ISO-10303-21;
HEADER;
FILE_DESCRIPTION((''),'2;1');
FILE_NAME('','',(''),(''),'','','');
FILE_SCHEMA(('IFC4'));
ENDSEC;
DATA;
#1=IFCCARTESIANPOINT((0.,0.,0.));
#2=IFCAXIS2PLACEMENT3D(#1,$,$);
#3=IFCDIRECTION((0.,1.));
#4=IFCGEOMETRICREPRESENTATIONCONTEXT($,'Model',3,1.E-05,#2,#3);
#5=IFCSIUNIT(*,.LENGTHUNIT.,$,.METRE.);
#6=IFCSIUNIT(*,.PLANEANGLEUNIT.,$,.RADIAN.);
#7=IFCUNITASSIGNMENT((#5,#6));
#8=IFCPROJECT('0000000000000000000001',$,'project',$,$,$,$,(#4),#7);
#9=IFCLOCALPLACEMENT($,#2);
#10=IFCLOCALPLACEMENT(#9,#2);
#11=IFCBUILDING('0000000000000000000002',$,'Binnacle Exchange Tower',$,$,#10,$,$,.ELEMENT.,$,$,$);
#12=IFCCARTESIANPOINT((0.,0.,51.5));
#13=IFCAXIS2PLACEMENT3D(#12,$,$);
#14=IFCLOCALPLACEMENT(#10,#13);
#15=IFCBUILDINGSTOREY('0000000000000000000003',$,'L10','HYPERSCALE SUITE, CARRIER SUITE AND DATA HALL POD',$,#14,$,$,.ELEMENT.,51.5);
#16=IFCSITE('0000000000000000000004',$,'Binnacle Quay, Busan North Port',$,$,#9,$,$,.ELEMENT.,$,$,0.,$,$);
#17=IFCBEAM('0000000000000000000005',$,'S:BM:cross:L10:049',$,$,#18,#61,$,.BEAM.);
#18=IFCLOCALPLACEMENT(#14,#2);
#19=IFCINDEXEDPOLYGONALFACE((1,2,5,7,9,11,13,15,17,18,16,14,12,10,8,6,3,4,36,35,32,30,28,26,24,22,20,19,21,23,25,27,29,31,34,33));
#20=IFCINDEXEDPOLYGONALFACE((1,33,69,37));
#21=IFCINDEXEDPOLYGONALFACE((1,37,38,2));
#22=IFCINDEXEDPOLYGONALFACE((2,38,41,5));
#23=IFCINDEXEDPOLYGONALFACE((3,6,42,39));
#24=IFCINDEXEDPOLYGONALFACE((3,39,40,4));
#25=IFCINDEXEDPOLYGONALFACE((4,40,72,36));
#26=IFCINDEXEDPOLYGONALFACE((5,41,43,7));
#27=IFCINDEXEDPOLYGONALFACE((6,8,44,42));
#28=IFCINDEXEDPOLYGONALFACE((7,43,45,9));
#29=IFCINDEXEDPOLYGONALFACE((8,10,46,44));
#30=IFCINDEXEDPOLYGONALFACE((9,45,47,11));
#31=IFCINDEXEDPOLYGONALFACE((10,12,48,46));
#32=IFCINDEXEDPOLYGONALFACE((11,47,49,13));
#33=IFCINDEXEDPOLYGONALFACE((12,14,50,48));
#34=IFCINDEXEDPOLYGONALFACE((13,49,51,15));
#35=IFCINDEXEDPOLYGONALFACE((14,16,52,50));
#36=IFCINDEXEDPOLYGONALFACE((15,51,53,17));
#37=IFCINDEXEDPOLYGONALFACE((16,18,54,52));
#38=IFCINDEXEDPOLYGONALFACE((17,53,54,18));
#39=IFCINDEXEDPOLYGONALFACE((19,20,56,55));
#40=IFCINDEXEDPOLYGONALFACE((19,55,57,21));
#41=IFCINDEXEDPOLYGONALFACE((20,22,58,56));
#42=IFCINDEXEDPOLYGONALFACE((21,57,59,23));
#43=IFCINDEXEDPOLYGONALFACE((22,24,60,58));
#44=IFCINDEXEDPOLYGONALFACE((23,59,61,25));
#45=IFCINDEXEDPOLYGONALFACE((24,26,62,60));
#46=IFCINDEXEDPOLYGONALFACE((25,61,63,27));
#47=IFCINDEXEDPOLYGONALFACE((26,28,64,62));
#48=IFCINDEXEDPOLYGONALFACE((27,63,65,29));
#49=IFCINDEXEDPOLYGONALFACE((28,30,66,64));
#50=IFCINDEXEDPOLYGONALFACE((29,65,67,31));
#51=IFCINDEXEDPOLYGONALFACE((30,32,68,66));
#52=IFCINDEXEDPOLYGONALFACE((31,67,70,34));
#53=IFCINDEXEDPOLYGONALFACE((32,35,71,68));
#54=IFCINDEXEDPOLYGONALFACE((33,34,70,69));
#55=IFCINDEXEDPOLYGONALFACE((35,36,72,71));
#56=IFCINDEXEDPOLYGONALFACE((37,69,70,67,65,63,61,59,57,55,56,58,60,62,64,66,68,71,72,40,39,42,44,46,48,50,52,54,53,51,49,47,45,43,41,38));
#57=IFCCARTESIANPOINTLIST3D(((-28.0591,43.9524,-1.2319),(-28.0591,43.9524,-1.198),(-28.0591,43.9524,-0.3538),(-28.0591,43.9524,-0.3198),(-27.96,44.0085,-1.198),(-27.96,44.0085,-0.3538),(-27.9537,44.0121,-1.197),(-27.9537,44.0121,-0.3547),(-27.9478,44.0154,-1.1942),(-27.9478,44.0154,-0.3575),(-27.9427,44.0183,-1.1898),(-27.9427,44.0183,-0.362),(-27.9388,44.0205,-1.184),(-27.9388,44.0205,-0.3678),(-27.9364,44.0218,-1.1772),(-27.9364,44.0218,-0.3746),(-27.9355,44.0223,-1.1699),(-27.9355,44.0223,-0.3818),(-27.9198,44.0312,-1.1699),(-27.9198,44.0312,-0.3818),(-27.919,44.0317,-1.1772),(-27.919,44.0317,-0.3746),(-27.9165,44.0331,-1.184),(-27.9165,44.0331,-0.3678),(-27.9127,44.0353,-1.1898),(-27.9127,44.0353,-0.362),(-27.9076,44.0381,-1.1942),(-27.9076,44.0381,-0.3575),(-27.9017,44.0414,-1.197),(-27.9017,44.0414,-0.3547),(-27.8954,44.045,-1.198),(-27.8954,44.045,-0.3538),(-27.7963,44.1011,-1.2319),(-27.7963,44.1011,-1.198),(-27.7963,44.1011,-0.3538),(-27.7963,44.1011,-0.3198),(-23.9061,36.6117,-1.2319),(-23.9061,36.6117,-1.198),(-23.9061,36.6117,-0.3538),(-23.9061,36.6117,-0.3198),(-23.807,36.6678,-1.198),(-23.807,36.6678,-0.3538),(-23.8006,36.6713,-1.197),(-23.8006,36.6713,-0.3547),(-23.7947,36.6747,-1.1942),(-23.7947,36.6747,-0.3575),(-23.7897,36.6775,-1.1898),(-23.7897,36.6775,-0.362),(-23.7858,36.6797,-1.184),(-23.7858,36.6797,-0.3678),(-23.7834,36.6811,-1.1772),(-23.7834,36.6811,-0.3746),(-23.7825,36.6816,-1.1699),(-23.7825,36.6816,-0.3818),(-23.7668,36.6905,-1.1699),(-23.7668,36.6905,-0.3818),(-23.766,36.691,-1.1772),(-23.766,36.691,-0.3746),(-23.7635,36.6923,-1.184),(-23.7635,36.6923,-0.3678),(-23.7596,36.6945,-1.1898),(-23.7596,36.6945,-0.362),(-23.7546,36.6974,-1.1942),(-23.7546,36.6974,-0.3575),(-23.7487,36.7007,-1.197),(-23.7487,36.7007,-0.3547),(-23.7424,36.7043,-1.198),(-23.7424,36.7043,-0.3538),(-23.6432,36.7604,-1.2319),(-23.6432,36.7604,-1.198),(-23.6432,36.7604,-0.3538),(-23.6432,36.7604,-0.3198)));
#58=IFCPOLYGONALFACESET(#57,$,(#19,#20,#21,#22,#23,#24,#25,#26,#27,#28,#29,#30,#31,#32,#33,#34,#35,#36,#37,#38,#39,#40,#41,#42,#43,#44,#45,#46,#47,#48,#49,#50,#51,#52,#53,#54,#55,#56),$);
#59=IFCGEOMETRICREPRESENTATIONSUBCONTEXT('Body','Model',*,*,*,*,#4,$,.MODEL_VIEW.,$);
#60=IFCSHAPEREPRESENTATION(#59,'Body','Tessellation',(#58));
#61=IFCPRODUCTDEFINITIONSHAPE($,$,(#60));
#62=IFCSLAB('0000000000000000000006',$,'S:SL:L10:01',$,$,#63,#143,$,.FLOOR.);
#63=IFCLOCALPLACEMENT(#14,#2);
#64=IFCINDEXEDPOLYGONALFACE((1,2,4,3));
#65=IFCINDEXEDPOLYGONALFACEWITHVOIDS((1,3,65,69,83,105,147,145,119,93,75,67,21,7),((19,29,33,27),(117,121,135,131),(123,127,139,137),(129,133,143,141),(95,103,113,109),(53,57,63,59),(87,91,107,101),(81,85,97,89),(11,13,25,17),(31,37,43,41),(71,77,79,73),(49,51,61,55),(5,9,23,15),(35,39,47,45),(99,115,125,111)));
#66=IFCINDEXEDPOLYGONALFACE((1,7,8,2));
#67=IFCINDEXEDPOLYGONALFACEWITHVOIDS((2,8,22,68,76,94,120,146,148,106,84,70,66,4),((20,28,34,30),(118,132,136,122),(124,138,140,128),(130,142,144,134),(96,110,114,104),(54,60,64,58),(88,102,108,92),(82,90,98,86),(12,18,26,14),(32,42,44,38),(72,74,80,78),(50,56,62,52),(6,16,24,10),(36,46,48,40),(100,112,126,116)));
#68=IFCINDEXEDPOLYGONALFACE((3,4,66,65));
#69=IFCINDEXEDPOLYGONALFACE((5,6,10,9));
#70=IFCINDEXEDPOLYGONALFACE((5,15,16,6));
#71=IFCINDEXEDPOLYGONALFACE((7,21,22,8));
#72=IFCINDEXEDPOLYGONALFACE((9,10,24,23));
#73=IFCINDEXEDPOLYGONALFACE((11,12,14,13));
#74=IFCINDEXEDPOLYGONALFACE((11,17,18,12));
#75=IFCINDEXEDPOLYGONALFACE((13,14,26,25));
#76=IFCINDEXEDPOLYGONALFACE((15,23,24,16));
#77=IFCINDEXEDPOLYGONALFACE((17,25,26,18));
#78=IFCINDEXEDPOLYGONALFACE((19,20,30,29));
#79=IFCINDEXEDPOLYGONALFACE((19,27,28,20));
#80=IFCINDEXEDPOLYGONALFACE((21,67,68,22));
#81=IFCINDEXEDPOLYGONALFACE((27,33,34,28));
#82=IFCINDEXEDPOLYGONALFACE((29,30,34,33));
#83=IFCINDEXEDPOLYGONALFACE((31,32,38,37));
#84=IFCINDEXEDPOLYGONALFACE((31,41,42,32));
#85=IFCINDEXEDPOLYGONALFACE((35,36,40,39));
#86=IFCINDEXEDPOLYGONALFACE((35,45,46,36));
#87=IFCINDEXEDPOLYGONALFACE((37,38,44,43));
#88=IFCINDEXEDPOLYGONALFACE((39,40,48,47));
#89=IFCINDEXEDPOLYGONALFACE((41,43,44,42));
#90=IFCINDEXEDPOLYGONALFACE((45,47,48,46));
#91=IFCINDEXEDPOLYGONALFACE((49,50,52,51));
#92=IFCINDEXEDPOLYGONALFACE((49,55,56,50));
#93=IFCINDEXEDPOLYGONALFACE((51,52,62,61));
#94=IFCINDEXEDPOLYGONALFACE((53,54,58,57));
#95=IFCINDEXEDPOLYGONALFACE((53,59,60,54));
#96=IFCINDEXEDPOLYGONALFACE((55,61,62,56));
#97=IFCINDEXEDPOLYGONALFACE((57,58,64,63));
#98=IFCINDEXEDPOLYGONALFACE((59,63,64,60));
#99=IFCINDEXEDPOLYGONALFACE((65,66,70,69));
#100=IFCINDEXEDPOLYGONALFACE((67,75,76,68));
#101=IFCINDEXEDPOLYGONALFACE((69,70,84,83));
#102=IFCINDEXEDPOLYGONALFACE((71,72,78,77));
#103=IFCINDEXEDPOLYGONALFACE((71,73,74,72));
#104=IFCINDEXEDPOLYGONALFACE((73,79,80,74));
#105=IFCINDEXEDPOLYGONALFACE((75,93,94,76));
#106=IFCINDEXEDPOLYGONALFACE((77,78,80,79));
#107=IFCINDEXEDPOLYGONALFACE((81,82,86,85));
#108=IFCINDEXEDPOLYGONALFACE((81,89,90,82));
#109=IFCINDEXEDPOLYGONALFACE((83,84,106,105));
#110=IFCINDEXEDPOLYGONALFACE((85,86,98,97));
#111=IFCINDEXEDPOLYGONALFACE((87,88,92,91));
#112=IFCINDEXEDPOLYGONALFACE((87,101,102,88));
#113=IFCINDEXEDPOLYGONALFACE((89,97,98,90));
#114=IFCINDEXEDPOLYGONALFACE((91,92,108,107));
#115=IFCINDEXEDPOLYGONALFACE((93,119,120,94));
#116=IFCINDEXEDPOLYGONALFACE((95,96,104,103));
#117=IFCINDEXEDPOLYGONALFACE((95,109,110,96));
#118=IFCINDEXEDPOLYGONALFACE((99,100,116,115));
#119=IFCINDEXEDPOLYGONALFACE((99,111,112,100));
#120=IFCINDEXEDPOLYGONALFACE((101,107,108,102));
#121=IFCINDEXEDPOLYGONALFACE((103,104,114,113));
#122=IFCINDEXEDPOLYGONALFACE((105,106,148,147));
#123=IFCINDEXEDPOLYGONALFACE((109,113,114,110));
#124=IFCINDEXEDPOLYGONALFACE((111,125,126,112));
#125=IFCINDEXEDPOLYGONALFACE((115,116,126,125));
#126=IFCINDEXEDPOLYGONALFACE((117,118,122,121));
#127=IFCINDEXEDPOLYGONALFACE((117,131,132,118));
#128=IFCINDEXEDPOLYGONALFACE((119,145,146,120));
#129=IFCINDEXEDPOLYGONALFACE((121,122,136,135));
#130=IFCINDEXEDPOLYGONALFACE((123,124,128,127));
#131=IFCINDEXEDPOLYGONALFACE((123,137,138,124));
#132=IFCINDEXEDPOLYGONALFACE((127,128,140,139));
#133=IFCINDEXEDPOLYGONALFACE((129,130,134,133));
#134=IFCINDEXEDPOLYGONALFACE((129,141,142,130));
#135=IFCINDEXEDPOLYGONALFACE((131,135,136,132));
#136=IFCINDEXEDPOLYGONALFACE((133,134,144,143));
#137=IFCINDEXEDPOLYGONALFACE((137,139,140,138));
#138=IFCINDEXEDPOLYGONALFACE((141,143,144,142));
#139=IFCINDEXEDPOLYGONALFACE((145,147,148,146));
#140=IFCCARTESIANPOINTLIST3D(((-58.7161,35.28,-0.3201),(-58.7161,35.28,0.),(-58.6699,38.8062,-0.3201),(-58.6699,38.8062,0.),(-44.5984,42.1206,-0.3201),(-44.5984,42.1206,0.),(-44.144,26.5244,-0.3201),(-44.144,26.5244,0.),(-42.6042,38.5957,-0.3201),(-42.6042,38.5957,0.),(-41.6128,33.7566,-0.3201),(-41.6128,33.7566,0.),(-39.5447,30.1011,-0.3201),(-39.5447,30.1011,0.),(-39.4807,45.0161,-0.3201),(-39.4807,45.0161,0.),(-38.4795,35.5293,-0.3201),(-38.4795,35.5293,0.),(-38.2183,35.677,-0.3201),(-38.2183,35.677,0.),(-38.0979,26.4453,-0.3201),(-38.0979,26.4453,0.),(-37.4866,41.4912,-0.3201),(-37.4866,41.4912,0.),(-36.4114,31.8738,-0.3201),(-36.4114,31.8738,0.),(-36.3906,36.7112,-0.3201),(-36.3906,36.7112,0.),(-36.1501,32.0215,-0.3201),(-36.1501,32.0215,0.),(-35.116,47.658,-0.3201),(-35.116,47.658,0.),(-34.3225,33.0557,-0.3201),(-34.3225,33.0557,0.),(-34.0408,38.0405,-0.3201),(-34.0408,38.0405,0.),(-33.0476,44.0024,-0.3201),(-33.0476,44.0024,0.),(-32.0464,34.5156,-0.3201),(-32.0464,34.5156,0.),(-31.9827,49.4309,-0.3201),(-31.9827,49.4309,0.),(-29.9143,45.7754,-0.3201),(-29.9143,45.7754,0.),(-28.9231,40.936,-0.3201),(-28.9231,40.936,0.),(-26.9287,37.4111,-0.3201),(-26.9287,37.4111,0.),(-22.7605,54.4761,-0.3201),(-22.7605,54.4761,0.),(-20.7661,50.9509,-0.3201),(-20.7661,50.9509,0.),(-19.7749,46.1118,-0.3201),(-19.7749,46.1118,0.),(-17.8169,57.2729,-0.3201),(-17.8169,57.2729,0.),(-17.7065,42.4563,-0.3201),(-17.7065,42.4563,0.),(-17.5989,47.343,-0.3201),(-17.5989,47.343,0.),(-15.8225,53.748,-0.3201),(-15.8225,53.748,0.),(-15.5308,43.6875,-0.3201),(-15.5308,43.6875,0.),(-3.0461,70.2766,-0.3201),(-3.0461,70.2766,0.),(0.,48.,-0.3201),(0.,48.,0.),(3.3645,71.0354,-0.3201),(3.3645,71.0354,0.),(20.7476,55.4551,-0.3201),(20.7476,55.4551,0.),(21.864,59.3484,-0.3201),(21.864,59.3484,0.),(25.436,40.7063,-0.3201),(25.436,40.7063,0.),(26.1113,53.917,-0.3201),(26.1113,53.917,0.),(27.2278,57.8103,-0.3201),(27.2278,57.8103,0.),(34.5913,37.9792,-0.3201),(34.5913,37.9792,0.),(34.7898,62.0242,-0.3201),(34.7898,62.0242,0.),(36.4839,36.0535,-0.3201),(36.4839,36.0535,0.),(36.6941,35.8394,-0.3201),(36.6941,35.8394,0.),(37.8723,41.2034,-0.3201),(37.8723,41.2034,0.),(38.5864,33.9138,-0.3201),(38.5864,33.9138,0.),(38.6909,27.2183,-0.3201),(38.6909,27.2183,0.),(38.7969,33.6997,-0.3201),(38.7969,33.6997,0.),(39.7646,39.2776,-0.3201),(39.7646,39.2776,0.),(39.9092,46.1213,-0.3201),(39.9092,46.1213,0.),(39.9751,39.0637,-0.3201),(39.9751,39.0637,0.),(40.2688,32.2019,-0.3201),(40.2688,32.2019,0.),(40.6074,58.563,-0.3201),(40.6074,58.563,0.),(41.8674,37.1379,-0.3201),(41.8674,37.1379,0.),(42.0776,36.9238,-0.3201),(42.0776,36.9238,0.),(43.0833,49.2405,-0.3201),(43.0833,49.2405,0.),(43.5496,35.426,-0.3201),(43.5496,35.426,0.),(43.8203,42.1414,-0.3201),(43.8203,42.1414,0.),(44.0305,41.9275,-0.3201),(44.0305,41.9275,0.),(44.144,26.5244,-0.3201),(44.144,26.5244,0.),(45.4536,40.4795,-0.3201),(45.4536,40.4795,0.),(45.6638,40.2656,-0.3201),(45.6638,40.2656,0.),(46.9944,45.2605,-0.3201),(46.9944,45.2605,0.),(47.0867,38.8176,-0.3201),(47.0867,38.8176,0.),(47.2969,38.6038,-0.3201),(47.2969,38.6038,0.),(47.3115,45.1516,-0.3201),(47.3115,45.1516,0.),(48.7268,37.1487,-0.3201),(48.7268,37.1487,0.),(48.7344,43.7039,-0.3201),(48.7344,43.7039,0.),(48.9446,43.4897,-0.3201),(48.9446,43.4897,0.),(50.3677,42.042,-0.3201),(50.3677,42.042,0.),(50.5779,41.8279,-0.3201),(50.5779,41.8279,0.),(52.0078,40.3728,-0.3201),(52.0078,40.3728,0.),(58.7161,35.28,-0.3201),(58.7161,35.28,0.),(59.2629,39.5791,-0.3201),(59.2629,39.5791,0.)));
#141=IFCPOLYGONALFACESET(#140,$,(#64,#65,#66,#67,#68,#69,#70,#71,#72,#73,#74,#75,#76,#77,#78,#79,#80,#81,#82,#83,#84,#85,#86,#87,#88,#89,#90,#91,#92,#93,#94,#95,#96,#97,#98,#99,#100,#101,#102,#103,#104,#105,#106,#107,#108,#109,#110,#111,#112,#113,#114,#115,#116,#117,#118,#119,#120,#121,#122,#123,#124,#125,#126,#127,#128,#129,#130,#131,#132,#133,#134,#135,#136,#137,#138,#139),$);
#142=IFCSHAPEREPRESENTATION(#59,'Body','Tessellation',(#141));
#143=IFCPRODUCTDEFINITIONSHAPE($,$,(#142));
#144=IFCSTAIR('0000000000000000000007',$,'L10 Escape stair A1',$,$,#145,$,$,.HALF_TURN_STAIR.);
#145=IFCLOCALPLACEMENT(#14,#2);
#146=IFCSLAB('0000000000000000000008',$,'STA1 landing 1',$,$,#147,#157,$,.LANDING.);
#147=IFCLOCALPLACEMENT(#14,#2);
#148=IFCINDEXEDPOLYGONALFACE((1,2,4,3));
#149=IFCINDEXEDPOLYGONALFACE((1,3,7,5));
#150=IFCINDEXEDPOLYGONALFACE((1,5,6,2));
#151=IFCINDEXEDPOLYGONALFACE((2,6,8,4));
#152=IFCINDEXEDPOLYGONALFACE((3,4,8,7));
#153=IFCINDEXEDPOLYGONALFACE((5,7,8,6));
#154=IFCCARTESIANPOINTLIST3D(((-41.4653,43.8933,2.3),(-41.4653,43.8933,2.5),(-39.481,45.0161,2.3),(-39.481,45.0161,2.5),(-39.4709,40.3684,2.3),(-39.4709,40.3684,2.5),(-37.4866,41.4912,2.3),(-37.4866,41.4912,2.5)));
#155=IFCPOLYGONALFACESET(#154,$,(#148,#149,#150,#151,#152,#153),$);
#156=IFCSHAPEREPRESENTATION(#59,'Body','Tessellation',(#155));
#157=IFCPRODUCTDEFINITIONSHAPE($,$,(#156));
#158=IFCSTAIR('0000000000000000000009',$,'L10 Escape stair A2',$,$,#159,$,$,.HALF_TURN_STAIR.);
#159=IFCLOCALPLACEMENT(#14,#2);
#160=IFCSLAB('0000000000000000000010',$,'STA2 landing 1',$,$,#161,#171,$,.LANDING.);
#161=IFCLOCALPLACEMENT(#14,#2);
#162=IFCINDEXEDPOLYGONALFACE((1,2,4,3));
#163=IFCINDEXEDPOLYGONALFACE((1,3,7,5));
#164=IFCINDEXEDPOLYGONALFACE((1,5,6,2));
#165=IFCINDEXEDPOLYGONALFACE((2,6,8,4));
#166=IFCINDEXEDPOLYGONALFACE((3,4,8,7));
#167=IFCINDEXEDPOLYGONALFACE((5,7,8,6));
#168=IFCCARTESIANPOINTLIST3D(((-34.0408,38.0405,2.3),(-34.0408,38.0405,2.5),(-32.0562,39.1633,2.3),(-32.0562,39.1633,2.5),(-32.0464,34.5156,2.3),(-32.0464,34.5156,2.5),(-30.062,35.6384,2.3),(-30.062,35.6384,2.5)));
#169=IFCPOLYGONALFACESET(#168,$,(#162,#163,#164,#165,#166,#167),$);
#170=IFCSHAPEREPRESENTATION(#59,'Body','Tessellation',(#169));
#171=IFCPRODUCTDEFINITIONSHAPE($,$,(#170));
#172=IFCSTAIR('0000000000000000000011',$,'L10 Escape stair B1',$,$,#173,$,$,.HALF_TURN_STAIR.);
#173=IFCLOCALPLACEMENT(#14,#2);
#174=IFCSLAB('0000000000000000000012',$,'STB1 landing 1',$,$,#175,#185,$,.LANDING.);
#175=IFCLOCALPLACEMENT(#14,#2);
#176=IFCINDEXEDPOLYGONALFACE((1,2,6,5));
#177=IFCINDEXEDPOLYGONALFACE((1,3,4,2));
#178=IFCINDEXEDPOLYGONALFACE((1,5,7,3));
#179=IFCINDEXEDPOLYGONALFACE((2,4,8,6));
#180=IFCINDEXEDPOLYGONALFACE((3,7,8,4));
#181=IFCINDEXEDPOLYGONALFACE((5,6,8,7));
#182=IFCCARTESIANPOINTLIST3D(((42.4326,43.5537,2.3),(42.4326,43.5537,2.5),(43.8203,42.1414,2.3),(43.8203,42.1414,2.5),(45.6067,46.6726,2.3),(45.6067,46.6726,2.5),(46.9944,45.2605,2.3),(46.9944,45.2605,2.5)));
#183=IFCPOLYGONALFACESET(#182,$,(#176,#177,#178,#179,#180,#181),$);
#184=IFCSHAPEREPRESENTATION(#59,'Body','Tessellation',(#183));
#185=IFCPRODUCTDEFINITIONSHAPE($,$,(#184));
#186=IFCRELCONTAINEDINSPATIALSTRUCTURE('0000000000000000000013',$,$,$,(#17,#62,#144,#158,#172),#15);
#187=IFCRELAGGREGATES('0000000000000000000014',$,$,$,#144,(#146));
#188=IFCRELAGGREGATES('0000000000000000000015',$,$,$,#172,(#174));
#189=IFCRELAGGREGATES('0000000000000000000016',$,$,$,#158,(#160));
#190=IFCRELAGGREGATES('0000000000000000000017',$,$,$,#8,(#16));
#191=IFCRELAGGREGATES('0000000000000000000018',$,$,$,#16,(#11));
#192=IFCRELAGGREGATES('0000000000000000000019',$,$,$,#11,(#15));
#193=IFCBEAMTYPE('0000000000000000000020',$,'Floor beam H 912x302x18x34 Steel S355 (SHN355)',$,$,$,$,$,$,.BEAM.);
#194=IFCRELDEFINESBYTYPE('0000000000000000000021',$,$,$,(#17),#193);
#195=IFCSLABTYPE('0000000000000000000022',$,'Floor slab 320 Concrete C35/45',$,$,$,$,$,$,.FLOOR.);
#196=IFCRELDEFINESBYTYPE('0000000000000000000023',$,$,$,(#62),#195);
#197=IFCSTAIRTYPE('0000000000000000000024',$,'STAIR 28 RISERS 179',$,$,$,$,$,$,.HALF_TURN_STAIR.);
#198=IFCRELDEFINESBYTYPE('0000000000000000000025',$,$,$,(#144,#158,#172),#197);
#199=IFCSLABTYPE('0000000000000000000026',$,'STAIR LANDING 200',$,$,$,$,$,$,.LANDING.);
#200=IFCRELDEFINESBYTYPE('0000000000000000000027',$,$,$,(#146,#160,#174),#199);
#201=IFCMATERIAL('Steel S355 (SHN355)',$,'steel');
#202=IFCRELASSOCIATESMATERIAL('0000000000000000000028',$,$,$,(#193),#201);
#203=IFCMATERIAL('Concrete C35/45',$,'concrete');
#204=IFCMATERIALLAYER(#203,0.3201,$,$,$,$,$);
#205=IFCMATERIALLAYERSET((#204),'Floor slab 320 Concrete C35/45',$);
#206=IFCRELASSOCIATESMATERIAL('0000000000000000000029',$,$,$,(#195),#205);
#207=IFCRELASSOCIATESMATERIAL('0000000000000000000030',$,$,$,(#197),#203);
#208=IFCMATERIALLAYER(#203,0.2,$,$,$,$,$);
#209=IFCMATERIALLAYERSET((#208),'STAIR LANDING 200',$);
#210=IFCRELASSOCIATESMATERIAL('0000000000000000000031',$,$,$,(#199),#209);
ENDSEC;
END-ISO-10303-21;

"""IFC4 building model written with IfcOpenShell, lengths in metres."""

from ifc_helpers import new_model, si_unit, direction, frame, origin, origin_2d, place, context, subcontext, project, spatial, polyline, i_section, outline, extrude, material, layer, layer_set, material_profile, profile_set, type_object, element, aggregate, save


model = new_model("IFC4")

# Units and contexts
model_context = context("Model", 3, precision=1e-05, world=origin(), true_north=direction((0.0, 1.0)))
body_context = subcontext(model_context, "Body", "Model", "MODEL_VIEW")
ifc_project = project(units=[si_unit("LENGTHUNIT", "METRE"), si_unit("PLANEANGLEUNIT", "RADIAN")], contexts=[model_context])

# Site, building, storey
site_placement = place(None, origin())
site = spatial("IfcSite", under=ifc_project, at=site_placement, Name="Binnacle Quay, Busan North Port", CompositionType="ELEMENT", RefElevation=0.0)
building_placement = place(site_placement, origin())
building = spatial("IfcBuilding", under=site, at=building_placement, Name="Binnacle Exchange Tower", CompositionType="ELEMENT")
storey_placement = place(building_placement, frame((0.0, 0.0, 51.5)))
storey = spatial("IfcBuildingStorey", under=building, at=storey_placement, Name="L10", Description="HYPERSCALE SUITE, CARRIER SUITE AND DATA HALL POD", CompositionType="ELEMENT", Elevation=51.5)

# Beam
ifc_material_1 = material(Name="Steel S355 (SHN355)", Category="steel")
ifc_material_profile_1 = material_profile(ifc_material_1, i_section(OverallWidth=0.302, OverallDepth=0.9121, WebThickness=0.0181, FlangeThickness=0.0339, FilletRadius=0.0281, at=origin_2d()), Name="H 912x302x18x34")
ifc_profile_set_1 = profile_set([ifc_material_profile_1], Name="Steel S355 (SHN355)")
beam_type_1 = type_object("IfcBeamType", Name="Floor beam H 912x302x18x34 Steel S355 (SHN355)", PredefinedType="BEAM", material=ifc_profile_set_1)
beam_1_placement = place(storey_placement, frame((-23.7747, 36.686, -0.7759), z_axis=(-0.492409, 0.870364, 0.0), x_axis=(-0.870364, -0.492409, 0.0)))
element("IfcBeam", 1, at=beam_1_placement, inside=storey, type_object=beam_type_1, Name="S:BM:cross:L10:049", PredefinedType="BEAM", context=body_context, shape_type="SweptSolid", body=[
    extrude(i_section(OverallWidth=0.302, OverallDepth=0.9121, WebThickness=0.0181, FlangeThickness=0.0339, FilletRadius=0.0281, at=origin_2d()), origin(), (0.0, 0.0, 1.0), 8.4341),
])

# Slab
ifc_material_2 = material(Name="Concrete C35/45", Category="concrete")
ifc_layer_1 = layer(ifc_material_2, 0.3201)
ifc_layer_set_1 = layer_set([ifc_layer_1], Name="Floor slab 320 Concrete C35/45")
slab_type_1 = type_object("IfcSlabType", Name="Floor slab 320 Concrete C35/45", PredefinedType="FLOOR", material=ifc_layer_set_1)
slab_1_placement = place(storey_placement, frame((0.0, 0.0, -0.3201)))
element("IfcSlab", 2, at=slab_1_placement, inside=storey, type_object=slab_type_1, Name="S:SL:L10:01", PredefinedType="FLOOR", context=body_context, shape_type="SweptSolid", body=[
    extrude(outline(polyline([(59.2629, 39.5791), (58.7161, 35.28), (44.144, 26.5244), (38.6909, 27.2183), (25.436, 40.7063), (0.0, 48.0), (-38.0979, 26.4453), (-44.144, 26.5244), (-58.7161, 35.28), (-58.6699, 38.8062), (-3.0461, 70.2766), (3.3645, 71.0354), (34.7898, 62.0242), (40.6074, 58.563), (59.2629, 39.5791)]), holes=[polyline([(-38.4795, 35.5293), (-41.6128, 33.7566), (-39.5447, 30.1011), (-36.4114, 31.8738), (-38.4795, 35.5293)]), polyline([(-34.3225, 33.0557), (-36.3906, 36.7112), (-38.2183, 35.677), (-36.1501, 32.0215), (-34.3225, 33.0557)]), polyline([(-34.0408, 38.0405), (-32.0464, 34.5156), (-26.9287, 37.4111), (-28.9231, 40.936), (-34.0408, 38.0405)]), polyline([(-37.4866, 41.4912), (-39.4807, 45.0161), (-44.5984, 42.1206), (-42.6042, 38.5957), (-37.4866, 41.4912)]), polyline([(-15.5308, 43.6875), (-17.5989, 47.343), (-19.7749, 46.1118), (-17.7065, 42.4563), (-15.5308, 43.6875)]), polyline([(-29.9143, 45.7754), (-31.9827, 49.4309), (-35.116, 47.658), (-33.0476, 44.0024), (-29.9143, 45.7754)]), polyline([(-15.8225, 53.748), (-17.8169, 57.2729), (-22.7605, 54.4761), (-20.7661, 50.9509), (-15.8225, 53.748)]), polyline([(26.1113, 53.917), (27.2278, 57.8103), (21.864, 59.3484), (20.7476, 55.4551), (26.1113, 53.917)]), polyline([(40.2688, 32.2019), (43.5496, 35.426), (42.0776, 36.9238), (38.7969, 33.6997), (40.2688, 32.2019)]), polyline([(38.5864, 33.9138), (41.8674, 37.1379), (39.9751, 39.0637), (36.6941, 35.8394), (38.5864, 33.9138)]), polyline([(36.4839, 36.0535), (39.7646, 39.2776), (37.8723, 41.2034), (34.5913, 37.9792), (36.4839, 36.0535)]), polyline([(48.7268, 37.1487), (52.0078, 40.3728), (50.5779, 41.8279), (47.2969, 38.6038), (48.7268, 37.1487)]), polyline([(47.0867, 38.8176), (50.3677, 42.042), (48.9446, 43.4897), (45.6638, 40.2656), (47.0867, 38.8176)]), polyline([(45.4536, 40.4795), (48.7344, 43.7039), (47.3115, 45.1516), (44.0305, 41.9275), (45.4536, 40.4795)]), polyline([(43.8203, 42.1414), (46.9944, 45.2605), (43.0833, 49.2405), (39.9092, 46.1213), (43.8203, 42.1414)])]), origin(), (0.0, 0.0, 1.0), 0.3201),
])

# Stairs, slabs
stair_type = type_object("IfcStairType", Name="STAIR 28 RISERS 179", PredefinedType="HALF_TURN_STAIR", material=ifc_material_2)
stair_1_placement = place(storey_placement, origin())
stair_1 = element("IfcStair", 3, at=stair_1_placement, inside=storey, type_object=stair_type, Name="L10 Escape stair A1", PredefinedType="HALF_TURN_STAIR")
ifc_layer_2 = layer(ifc_material_2, 0.2)
ifc_layer_set_2 = layer_set([ifc_layer_2], Name="STAIR LANDING 200")
slab_type_2 = type_object("IfcSlabType", Name="STAIR LANDING 200", PredefinedType="LANDING", material=ifc_layer_set_2)
slab_2_placement = place(storey_placement, frame((0.0, 0.0, 2.3)))
slab_2 = element("IfcSlab", 4, at=slab_2_placement, type_object=slab_type_2, Name="STA1 landing 1", PredefinedType="LANDING", context=body_context, shape_type="SweptSolid", body=[
    extrude(outline(polyline([(-39.4709, 40.3684), (-37.4866, 41.4912), (-39.481, 45.0161), (-41.4653, 43.8933), (-39.4709, 40.3684)])), origin(), (0.0, 0.0, 1.0), 0.2),
])
aggregate(stair_1, [slab_2])
stair_2_placement = place(storey_placement, origin())
stair_2 = element("IfcStair", 5, at=stair_2_placement, inside=storey, type_object=stair_type, Name="L10 Escape stair A2", PredefinedType="HALF_TURN_STAIR")
slab_3_placement = place(storey_placement, frame((0.0, 0.0, 2.3)))
slab_3 = element("IfcSlab", 6, at=slab_3_placement, type_object=slab_type_2, Name="STA2 landing 1", PredefinedType="LANDING", context=body_context, shape_type="SweptSolid", body=[
    extrude(outline(polyline([(-32.0562, 39.1633), (-34.0408, 38.0405), (-32.0464, 34.5156), (-30.062, 35.6384), (-32.0562, 39.1633)])), origin(), (0.0, 0.0, 1.0), 0.2),
])
stair_3_placement = place(storey_placement, origin())
stair_3 = element("IfcStair", 7, at=stair_3_placement, inside=storey, type_object=stair_type, Name="L10 Escape stair B1", PredefinedType="HALF_TURN_STAIR")
slab_4_placement = place(storey_placement, frame((0.0, 0.0, 2.3)))
slab_4 = element("IfcSlab", 8, at=slab_4_placement, type_object=slab_type_2, Name="STB1 landing 1", PredefinedType="LANDING", context=body_context, shape_type="SweptSolid", body=[
    extrude(outline(polyline([(42.4326, 43.5537), (43.8203, 42.1414), (46.9944, 45.2605), (45.6067, 46.6726), (42.4326, 43.5537)])), origin(), (0.0, 0.0, 1.0), 0.2),
])
aggregate(stair_3, [slab_4])

aggregate(stair_2, [slab_3])

save(model, "model.ifc")
